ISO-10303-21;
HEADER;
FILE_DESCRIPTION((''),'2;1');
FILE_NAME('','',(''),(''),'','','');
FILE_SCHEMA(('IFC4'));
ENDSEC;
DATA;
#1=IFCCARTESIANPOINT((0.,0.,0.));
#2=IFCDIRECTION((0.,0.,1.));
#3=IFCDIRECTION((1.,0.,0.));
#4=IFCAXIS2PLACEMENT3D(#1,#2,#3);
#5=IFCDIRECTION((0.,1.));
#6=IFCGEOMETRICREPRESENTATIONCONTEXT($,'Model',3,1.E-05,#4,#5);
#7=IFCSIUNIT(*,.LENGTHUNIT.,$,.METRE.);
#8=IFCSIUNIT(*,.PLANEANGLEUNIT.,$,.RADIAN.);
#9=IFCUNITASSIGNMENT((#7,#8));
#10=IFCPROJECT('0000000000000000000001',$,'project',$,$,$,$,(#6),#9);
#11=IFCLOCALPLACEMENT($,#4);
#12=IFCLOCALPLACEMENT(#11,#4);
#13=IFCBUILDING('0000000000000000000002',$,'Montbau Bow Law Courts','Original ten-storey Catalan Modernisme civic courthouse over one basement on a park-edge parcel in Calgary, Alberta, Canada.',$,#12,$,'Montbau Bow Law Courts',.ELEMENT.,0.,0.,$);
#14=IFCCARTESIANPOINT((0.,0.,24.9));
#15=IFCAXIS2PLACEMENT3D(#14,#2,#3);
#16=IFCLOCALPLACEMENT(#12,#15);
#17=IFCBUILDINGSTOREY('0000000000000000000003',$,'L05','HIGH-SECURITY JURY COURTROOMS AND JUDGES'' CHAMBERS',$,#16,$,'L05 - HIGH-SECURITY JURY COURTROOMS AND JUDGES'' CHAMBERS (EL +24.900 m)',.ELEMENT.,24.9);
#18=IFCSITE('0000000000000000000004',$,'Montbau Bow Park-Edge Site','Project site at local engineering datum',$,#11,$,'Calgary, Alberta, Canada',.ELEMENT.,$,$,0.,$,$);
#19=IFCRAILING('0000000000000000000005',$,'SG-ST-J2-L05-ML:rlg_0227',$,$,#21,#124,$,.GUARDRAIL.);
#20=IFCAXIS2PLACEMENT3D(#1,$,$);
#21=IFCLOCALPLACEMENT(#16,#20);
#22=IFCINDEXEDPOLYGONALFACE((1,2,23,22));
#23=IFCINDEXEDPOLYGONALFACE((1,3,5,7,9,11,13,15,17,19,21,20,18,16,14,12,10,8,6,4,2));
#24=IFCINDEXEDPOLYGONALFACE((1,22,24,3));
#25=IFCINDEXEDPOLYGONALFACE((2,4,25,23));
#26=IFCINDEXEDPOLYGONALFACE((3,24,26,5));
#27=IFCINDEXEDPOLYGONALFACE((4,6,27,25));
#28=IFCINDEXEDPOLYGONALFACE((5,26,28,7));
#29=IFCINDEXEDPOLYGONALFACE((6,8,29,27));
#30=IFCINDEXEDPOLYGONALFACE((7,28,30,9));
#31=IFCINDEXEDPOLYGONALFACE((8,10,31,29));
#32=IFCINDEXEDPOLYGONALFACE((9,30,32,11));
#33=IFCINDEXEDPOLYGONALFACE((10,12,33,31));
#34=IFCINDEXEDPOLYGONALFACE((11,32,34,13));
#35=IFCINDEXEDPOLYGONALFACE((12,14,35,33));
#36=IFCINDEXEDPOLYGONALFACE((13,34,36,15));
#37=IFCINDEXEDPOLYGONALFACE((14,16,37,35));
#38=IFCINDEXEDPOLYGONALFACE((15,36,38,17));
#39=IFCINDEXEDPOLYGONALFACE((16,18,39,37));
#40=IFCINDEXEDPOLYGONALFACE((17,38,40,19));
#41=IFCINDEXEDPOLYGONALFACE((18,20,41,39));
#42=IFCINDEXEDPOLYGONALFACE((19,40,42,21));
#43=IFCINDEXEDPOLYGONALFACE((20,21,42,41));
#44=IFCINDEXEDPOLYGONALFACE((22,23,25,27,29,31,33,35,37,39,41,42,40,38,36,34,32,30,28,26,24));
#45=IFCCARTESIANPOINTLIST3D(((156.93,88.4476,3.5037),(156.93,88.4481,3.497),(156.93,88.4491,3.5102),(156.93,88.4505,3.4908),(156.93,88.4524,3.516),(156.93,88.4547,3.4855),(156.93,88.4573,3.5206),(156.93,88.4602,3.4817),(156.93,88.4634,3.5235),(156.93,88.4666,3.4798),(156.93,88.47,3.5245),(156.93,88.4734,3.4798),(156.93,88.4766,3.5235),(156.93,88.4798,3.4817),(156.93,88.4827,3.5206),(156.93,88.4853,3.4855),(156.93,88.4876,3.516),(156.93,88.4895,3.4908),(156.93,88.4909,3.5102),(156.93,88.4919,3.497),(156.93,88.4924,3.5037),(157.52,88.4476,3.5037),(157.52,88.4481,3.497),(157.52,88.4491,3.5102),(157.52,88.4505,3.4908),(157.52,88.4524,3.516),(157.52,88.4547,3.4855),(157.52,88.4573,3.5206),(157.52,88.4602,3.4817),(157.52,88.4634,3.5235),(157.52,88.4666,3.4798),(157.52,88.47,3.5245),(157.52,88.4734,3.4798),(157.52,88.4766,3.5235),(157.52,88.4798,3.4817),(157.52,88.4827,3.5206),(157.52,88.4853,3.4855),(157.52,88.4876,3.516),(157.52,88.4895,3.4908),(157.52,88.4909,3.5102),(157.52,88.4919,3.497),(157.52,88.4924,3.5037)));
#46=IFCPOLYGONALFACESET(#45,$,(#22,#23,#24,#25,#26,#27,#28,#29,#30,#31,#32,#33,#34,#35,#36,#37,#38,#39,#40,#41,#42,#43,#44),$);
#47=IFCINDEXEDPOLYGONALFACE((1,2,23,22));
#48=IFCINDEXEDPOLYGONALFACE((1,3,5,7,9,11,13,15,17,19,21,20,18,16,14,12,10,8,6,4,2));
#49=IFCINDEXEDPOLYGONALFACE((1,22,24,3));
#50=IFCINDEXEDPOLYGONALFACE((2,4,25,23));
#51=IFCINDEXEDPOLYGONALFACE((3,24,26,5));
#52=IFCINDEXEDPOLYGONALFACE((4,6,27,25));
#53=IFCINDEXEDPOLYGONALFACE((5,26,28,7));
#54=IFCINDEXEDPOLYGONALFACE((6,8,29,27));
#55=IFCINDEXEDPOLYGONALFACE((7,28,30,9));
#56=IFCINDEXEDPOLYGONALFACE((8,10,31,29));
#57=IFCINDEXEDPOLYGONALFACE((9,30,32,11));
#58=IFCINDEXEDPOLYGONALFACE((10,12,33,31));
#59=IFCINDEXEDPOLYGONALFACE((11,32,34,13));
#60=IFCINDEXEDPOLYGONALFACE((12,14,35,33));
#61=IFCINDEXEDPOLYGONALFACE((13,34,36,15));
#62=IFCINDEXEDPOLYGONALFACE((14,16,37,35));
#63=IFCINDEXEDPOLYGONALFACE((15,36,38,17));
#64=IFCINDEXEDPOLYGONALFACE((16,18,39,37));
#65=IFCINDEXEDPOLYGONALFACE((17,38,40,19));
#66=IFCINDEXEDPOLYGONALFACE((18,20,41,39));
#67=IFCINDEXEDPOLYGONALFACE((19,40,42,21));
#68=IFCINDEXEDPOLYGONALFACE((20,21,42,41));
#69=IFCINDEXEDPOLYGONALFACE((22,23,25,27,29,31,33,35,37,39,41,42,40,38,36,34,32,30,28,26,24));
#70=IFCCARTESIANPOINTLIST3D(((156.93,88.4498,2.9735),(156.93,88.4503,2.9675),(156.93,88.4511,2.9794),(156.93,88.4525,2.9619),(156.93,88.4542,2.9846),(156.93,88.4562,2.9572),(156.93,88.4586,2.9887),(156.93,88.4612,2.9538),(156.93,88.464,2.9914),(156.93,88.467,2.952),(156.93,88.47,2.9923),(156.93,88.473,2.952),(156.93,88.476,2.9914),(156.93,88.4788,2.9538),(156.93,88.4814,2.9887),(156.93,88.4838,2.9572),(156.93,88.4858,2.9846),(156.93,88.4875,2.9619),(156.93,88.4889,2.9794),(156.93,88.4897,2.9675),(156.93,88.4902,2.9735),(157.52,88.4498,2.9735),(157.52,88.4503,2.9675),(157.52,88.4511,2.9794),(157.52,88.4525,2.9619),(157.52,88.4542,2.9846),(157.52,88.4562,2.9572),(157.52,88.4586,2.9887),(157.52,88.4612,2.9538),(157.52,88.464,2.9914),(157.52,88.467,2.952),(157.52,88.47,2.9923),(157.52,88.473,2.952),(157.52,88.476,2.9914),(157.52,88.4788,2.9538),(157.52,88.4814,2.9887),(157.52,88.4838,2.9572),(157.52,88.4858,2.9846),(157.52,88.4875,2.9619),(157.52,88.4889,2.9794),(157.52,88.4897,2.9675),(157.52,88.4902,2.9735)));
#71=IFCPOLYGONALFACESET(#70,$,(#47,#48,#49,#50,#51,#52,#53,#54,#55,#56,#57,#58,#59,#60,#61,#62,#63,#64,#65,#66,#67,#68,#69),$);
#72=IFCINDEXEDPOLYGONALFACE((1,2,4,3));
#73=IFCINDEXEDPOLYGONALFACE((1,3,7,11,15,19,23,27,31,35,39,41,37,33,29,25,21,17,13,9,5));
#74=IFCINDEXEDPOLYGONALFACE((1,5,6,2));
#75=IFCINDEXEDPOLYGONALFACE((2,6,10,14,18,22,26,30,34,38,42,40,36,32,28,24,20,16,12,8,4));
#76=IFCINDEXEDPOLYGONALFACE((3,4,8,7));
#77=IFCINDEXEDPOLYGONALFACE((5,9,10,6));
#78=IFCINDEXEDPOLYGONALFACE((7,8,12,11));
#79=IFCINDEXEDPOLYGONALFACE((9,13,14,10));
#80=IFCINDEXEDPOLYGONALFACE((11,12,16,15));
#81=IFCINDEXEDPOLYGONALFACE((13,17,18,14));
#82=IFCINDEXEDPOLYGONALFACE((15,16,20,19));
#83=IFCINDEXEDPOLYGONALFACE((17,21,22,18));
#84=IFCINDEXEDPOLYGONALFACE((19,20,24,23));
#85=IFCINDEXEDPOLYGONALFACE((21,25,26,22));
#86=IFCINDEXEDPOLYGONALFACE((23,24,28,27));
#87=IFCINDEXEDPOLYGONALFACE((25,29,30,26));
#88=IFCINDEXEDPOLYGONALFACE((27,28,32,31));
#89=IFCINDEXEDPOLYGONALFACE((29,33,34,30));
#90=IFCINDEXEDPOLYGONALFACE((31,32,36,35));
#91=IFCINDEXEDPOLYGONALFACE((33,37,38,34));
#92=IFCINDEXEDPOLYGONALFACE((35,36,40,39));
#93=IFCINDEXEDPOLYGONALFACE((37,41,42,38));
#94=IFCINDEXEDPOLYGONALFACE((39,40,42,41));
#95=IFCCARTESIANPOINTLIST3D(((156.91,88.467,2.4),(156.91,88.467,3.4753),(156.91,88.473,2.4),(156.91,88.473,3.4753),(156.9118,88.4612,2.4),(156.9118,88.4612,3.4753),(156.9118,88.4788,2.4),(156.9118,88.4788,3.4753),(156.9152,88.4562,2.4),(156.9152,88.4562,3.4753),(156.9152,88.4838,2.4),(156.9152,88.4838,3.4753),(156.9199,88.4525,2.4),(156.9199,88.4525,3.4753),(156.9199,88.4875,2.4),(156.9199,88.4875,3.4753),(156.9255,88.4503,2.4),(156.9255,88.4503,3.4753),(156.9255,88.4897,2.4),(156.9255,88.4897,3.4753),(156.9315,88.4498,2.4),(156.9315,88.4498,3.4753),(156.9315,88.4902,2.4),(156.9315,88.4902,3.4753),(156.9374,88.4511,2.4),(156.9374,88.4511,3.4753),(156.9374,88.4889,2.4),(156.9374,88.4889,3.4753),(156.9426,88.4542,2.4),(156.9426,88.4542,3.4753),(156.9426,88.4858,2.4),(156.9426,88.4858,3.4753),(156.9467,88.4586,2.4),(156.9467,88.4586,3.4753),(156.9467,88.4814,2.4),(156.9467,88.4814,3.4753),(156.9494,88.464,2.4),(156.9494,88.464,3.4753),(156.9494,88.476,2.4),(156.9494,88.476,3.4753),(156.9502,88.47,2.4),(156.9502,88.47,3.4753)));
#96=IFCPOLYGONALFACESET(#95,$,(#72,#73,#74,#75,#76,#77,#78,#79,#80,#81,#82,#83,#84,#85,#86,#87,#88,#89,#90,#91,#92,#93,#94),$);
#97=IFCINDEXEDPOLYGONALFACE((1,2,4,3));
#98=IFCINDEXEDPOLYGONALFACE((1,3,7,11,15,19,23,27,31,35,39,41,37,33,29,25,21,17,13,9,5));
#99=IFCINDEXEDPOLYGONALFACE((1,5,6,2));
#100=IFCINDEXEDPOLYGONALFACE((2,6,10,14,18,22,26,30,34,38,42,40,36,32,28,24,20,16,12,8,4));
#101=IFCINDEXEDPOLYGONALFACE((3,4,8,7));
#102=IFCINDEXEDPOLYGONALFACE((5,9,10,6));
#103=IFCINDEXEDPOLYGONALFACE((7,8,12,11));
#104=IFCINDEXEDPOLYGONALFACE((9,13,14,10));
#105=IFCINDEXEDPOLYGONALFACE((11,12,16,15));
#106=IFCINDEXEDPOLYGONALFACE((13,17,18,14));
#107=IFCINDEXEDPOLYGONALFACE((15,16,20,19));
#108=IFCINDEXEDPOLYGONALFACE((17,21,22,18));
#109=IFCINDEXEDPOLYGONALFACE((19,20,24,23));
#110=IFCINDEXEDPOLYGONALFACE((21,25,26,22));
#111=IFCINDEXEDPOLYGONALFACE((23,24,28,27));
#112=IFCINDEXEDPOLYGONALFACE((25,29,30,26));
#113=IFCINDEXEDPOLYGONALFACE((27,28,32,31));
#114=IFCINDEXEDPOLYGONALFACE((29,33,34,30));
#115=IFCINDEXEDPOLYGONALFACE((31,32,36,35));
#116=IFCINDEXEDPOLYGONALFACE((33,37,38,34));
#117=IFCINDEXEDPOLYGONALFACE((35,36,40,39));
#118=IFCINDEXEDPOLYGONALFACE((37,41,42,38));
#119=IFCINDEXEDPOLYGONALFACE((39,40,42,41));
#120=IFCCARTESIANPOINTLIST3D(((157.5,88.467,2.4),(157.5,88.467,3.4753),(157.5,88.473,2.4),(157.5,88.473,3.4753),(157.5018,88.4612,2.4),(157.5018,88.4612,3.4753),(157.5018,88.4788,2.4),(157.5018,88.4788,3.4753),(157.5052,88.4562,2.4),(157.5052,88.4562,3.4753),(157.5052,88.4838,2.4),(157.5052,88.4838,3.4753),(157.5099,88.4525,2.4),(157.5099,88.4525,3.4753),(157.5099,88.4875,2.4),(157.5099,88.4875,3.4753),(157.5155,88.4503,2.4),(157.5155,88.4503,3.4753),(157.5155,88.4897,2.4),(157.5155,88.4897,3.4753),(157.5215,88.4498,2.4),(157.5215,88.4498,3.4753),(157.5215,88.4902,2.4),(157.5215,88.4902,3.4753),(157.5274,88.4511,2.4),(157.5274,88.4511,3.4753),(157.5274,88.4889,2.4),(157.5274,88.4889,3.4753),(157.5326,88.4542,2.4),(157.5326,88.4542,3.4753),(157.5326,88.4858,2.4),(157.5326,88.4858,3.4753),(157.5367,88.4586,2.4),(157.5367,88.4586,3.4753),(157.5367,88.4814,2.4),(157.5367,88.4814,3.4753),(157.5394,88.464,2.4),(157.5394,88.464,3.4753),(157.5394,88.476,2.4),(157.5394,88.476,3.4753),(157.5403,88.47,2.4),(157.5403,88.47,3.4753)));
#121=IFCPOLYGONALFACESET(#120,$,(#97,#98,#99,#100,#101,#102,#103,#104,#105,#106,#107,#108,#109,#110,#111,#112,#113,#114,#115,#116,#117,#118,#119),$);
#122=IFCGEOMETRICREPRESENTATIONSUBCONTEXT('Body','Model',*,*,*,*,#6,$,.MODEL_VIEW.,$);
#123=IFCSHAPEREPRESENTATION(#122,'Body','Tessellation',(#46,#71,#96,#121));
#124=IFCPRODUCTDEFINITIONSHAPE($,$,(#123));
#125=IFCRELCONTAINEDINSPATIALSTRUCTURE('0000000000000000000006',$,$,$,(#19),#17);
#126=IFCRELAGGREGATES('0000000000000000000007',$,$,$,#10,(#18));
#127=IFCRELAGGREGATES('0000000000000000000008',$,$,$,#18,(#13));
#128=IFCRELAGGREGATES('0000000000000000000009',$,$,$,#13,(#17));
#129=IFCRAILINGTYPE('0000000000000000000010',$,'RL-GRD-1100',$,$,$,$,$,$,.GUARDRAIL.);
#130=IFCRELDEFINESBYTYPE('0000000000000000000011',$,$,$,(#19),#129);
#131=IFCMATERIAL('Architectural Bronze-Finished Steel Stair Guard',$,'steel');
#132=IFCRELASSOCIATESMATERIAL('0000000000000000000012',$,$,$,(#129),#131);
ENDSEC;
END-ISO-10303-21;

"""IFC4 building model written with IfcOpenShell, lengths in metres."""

from ifc_helpers import new_model, si_unit, direction, frame, origin_with_axes, origin_2d_with_axis, place, context, subcontext, project, spatial, circle, extrude, material, type_object, element, save


model = new_model("IFC4")

# Units and contexts
model_context = context("Model", 3, precision=1e-05, world=origin_with_axes(), true_north=direction((0.0, 1.0)))
body_context = subcontext(model_context, "Body", "Model", "MODEL_VIEW")
ifc_project = project(units=[si_unit("LENGTHUNIT", "METRE"), si_unit("PLANEANGLEUNIT", "RADIAN")], contexts=[model_context])

# Site, building, storey
site_placement = place(None, origin_with_axes())
site = spatial("IfcSite", under=ifc_project, at=site_placement, Name="Montbau Bow Park-Edge Site", Description="Project site at local engineering datum", LongName="Calgary, Alberta, Canada", CompositionType="ELEMENT", RefElevation=0.0)
building_placement = place(site_placement, origin_with_axes())
building = spatial("IfcBuilding", under=site, at=building_placement, Name="Montbau Bow Law Courts", Description="Original ten-storey Catalan Modernisme civic courthouse over one basement on a park-edge parcel in Calgary, Alberta, Canada.", LongName="Montbau Bow Law Courts", CompositionType="ELEMENT", ElevationOfRefHeight=0.0, ElevationOfTerrain=0.0)
storey_placement = place(building_placement, frame((0.0, 0.0, 24.9), z_axis=(0.0, 0.0, 1.0), x_axis=(1.0, 0.0, 0.0)))
storey = spatial("IfcBuildingStorey", under=building, at=storey_placement, Name="L05", Description="HIGH-SECURITY JURY COURTROOMS AND JUDGES' CHAMBERS", LongName="L05 - HIGH-SECURITY JURY COURTROOMS AND JUDGES' CHAMBERS (EL +24.900 m)", CompositionType="ELEMENT", Elevation=24.9)

# Railing
ifc_material_1 = material(Name="Architectural Bronze-Finished Steel Stair Guard", Category="steel")
railing_type_1 = type_object("IfcRailingType", Name="RL-GRD-1100", PredefinedType="GUARDRAIL", material=ifc_material_1)
railing_1_placement = place(None, origin_with_axes())
element("IfcRailing", 1, at=railing_1_placement, inside=storey, type_object=railing_type_1, Name="SG-ST-J2-L05-ML:rlg_0227", PredefinedType="GUARDRAIL", context=body_context, shape_type="SweptSolid", body=[
    extrude(circle(Radius=0.0225, at=origin_2d_with_axis()), frame((156.93, 88.47, 28.402), z_axis=(1.0, 0.0, 0.0), x_axis=(0.0, 0.0, 1.0)), (0.0, 0.0, 1.0), 0.59),
    extrude(circle(Radius=0.0203, at=origin_2d_with_axis()), frame((156.93, 88.47, 27.872), z_axis=(1.0, 0.0, 0.0), x_axis=(0.0, 0.0, 1.0)), (0.0, 0.0, 1.0), 0.59),
    extrude(circle(Radius=0.0203, at=origin_2d_with_axis()), frame((156.93, 88.47, 27.3), z_axis=(0.0, 0.0, 1.0), x_axis=(1.0, 0.0, 0.0)), (0.0, 0.0, 1.0), 1.0753),
    extrude(circle(Radius=0.0203, at=origin_2d_with_axis()), frame((157.52, 88.47, 27.3), z_axis=(0.0, 0.0, 1.0), x_axis=(1.0, 0.0, 0.0)), (0.0, 0.0, 1.0), 1.0753),
])

save(model, "model.ifc")
